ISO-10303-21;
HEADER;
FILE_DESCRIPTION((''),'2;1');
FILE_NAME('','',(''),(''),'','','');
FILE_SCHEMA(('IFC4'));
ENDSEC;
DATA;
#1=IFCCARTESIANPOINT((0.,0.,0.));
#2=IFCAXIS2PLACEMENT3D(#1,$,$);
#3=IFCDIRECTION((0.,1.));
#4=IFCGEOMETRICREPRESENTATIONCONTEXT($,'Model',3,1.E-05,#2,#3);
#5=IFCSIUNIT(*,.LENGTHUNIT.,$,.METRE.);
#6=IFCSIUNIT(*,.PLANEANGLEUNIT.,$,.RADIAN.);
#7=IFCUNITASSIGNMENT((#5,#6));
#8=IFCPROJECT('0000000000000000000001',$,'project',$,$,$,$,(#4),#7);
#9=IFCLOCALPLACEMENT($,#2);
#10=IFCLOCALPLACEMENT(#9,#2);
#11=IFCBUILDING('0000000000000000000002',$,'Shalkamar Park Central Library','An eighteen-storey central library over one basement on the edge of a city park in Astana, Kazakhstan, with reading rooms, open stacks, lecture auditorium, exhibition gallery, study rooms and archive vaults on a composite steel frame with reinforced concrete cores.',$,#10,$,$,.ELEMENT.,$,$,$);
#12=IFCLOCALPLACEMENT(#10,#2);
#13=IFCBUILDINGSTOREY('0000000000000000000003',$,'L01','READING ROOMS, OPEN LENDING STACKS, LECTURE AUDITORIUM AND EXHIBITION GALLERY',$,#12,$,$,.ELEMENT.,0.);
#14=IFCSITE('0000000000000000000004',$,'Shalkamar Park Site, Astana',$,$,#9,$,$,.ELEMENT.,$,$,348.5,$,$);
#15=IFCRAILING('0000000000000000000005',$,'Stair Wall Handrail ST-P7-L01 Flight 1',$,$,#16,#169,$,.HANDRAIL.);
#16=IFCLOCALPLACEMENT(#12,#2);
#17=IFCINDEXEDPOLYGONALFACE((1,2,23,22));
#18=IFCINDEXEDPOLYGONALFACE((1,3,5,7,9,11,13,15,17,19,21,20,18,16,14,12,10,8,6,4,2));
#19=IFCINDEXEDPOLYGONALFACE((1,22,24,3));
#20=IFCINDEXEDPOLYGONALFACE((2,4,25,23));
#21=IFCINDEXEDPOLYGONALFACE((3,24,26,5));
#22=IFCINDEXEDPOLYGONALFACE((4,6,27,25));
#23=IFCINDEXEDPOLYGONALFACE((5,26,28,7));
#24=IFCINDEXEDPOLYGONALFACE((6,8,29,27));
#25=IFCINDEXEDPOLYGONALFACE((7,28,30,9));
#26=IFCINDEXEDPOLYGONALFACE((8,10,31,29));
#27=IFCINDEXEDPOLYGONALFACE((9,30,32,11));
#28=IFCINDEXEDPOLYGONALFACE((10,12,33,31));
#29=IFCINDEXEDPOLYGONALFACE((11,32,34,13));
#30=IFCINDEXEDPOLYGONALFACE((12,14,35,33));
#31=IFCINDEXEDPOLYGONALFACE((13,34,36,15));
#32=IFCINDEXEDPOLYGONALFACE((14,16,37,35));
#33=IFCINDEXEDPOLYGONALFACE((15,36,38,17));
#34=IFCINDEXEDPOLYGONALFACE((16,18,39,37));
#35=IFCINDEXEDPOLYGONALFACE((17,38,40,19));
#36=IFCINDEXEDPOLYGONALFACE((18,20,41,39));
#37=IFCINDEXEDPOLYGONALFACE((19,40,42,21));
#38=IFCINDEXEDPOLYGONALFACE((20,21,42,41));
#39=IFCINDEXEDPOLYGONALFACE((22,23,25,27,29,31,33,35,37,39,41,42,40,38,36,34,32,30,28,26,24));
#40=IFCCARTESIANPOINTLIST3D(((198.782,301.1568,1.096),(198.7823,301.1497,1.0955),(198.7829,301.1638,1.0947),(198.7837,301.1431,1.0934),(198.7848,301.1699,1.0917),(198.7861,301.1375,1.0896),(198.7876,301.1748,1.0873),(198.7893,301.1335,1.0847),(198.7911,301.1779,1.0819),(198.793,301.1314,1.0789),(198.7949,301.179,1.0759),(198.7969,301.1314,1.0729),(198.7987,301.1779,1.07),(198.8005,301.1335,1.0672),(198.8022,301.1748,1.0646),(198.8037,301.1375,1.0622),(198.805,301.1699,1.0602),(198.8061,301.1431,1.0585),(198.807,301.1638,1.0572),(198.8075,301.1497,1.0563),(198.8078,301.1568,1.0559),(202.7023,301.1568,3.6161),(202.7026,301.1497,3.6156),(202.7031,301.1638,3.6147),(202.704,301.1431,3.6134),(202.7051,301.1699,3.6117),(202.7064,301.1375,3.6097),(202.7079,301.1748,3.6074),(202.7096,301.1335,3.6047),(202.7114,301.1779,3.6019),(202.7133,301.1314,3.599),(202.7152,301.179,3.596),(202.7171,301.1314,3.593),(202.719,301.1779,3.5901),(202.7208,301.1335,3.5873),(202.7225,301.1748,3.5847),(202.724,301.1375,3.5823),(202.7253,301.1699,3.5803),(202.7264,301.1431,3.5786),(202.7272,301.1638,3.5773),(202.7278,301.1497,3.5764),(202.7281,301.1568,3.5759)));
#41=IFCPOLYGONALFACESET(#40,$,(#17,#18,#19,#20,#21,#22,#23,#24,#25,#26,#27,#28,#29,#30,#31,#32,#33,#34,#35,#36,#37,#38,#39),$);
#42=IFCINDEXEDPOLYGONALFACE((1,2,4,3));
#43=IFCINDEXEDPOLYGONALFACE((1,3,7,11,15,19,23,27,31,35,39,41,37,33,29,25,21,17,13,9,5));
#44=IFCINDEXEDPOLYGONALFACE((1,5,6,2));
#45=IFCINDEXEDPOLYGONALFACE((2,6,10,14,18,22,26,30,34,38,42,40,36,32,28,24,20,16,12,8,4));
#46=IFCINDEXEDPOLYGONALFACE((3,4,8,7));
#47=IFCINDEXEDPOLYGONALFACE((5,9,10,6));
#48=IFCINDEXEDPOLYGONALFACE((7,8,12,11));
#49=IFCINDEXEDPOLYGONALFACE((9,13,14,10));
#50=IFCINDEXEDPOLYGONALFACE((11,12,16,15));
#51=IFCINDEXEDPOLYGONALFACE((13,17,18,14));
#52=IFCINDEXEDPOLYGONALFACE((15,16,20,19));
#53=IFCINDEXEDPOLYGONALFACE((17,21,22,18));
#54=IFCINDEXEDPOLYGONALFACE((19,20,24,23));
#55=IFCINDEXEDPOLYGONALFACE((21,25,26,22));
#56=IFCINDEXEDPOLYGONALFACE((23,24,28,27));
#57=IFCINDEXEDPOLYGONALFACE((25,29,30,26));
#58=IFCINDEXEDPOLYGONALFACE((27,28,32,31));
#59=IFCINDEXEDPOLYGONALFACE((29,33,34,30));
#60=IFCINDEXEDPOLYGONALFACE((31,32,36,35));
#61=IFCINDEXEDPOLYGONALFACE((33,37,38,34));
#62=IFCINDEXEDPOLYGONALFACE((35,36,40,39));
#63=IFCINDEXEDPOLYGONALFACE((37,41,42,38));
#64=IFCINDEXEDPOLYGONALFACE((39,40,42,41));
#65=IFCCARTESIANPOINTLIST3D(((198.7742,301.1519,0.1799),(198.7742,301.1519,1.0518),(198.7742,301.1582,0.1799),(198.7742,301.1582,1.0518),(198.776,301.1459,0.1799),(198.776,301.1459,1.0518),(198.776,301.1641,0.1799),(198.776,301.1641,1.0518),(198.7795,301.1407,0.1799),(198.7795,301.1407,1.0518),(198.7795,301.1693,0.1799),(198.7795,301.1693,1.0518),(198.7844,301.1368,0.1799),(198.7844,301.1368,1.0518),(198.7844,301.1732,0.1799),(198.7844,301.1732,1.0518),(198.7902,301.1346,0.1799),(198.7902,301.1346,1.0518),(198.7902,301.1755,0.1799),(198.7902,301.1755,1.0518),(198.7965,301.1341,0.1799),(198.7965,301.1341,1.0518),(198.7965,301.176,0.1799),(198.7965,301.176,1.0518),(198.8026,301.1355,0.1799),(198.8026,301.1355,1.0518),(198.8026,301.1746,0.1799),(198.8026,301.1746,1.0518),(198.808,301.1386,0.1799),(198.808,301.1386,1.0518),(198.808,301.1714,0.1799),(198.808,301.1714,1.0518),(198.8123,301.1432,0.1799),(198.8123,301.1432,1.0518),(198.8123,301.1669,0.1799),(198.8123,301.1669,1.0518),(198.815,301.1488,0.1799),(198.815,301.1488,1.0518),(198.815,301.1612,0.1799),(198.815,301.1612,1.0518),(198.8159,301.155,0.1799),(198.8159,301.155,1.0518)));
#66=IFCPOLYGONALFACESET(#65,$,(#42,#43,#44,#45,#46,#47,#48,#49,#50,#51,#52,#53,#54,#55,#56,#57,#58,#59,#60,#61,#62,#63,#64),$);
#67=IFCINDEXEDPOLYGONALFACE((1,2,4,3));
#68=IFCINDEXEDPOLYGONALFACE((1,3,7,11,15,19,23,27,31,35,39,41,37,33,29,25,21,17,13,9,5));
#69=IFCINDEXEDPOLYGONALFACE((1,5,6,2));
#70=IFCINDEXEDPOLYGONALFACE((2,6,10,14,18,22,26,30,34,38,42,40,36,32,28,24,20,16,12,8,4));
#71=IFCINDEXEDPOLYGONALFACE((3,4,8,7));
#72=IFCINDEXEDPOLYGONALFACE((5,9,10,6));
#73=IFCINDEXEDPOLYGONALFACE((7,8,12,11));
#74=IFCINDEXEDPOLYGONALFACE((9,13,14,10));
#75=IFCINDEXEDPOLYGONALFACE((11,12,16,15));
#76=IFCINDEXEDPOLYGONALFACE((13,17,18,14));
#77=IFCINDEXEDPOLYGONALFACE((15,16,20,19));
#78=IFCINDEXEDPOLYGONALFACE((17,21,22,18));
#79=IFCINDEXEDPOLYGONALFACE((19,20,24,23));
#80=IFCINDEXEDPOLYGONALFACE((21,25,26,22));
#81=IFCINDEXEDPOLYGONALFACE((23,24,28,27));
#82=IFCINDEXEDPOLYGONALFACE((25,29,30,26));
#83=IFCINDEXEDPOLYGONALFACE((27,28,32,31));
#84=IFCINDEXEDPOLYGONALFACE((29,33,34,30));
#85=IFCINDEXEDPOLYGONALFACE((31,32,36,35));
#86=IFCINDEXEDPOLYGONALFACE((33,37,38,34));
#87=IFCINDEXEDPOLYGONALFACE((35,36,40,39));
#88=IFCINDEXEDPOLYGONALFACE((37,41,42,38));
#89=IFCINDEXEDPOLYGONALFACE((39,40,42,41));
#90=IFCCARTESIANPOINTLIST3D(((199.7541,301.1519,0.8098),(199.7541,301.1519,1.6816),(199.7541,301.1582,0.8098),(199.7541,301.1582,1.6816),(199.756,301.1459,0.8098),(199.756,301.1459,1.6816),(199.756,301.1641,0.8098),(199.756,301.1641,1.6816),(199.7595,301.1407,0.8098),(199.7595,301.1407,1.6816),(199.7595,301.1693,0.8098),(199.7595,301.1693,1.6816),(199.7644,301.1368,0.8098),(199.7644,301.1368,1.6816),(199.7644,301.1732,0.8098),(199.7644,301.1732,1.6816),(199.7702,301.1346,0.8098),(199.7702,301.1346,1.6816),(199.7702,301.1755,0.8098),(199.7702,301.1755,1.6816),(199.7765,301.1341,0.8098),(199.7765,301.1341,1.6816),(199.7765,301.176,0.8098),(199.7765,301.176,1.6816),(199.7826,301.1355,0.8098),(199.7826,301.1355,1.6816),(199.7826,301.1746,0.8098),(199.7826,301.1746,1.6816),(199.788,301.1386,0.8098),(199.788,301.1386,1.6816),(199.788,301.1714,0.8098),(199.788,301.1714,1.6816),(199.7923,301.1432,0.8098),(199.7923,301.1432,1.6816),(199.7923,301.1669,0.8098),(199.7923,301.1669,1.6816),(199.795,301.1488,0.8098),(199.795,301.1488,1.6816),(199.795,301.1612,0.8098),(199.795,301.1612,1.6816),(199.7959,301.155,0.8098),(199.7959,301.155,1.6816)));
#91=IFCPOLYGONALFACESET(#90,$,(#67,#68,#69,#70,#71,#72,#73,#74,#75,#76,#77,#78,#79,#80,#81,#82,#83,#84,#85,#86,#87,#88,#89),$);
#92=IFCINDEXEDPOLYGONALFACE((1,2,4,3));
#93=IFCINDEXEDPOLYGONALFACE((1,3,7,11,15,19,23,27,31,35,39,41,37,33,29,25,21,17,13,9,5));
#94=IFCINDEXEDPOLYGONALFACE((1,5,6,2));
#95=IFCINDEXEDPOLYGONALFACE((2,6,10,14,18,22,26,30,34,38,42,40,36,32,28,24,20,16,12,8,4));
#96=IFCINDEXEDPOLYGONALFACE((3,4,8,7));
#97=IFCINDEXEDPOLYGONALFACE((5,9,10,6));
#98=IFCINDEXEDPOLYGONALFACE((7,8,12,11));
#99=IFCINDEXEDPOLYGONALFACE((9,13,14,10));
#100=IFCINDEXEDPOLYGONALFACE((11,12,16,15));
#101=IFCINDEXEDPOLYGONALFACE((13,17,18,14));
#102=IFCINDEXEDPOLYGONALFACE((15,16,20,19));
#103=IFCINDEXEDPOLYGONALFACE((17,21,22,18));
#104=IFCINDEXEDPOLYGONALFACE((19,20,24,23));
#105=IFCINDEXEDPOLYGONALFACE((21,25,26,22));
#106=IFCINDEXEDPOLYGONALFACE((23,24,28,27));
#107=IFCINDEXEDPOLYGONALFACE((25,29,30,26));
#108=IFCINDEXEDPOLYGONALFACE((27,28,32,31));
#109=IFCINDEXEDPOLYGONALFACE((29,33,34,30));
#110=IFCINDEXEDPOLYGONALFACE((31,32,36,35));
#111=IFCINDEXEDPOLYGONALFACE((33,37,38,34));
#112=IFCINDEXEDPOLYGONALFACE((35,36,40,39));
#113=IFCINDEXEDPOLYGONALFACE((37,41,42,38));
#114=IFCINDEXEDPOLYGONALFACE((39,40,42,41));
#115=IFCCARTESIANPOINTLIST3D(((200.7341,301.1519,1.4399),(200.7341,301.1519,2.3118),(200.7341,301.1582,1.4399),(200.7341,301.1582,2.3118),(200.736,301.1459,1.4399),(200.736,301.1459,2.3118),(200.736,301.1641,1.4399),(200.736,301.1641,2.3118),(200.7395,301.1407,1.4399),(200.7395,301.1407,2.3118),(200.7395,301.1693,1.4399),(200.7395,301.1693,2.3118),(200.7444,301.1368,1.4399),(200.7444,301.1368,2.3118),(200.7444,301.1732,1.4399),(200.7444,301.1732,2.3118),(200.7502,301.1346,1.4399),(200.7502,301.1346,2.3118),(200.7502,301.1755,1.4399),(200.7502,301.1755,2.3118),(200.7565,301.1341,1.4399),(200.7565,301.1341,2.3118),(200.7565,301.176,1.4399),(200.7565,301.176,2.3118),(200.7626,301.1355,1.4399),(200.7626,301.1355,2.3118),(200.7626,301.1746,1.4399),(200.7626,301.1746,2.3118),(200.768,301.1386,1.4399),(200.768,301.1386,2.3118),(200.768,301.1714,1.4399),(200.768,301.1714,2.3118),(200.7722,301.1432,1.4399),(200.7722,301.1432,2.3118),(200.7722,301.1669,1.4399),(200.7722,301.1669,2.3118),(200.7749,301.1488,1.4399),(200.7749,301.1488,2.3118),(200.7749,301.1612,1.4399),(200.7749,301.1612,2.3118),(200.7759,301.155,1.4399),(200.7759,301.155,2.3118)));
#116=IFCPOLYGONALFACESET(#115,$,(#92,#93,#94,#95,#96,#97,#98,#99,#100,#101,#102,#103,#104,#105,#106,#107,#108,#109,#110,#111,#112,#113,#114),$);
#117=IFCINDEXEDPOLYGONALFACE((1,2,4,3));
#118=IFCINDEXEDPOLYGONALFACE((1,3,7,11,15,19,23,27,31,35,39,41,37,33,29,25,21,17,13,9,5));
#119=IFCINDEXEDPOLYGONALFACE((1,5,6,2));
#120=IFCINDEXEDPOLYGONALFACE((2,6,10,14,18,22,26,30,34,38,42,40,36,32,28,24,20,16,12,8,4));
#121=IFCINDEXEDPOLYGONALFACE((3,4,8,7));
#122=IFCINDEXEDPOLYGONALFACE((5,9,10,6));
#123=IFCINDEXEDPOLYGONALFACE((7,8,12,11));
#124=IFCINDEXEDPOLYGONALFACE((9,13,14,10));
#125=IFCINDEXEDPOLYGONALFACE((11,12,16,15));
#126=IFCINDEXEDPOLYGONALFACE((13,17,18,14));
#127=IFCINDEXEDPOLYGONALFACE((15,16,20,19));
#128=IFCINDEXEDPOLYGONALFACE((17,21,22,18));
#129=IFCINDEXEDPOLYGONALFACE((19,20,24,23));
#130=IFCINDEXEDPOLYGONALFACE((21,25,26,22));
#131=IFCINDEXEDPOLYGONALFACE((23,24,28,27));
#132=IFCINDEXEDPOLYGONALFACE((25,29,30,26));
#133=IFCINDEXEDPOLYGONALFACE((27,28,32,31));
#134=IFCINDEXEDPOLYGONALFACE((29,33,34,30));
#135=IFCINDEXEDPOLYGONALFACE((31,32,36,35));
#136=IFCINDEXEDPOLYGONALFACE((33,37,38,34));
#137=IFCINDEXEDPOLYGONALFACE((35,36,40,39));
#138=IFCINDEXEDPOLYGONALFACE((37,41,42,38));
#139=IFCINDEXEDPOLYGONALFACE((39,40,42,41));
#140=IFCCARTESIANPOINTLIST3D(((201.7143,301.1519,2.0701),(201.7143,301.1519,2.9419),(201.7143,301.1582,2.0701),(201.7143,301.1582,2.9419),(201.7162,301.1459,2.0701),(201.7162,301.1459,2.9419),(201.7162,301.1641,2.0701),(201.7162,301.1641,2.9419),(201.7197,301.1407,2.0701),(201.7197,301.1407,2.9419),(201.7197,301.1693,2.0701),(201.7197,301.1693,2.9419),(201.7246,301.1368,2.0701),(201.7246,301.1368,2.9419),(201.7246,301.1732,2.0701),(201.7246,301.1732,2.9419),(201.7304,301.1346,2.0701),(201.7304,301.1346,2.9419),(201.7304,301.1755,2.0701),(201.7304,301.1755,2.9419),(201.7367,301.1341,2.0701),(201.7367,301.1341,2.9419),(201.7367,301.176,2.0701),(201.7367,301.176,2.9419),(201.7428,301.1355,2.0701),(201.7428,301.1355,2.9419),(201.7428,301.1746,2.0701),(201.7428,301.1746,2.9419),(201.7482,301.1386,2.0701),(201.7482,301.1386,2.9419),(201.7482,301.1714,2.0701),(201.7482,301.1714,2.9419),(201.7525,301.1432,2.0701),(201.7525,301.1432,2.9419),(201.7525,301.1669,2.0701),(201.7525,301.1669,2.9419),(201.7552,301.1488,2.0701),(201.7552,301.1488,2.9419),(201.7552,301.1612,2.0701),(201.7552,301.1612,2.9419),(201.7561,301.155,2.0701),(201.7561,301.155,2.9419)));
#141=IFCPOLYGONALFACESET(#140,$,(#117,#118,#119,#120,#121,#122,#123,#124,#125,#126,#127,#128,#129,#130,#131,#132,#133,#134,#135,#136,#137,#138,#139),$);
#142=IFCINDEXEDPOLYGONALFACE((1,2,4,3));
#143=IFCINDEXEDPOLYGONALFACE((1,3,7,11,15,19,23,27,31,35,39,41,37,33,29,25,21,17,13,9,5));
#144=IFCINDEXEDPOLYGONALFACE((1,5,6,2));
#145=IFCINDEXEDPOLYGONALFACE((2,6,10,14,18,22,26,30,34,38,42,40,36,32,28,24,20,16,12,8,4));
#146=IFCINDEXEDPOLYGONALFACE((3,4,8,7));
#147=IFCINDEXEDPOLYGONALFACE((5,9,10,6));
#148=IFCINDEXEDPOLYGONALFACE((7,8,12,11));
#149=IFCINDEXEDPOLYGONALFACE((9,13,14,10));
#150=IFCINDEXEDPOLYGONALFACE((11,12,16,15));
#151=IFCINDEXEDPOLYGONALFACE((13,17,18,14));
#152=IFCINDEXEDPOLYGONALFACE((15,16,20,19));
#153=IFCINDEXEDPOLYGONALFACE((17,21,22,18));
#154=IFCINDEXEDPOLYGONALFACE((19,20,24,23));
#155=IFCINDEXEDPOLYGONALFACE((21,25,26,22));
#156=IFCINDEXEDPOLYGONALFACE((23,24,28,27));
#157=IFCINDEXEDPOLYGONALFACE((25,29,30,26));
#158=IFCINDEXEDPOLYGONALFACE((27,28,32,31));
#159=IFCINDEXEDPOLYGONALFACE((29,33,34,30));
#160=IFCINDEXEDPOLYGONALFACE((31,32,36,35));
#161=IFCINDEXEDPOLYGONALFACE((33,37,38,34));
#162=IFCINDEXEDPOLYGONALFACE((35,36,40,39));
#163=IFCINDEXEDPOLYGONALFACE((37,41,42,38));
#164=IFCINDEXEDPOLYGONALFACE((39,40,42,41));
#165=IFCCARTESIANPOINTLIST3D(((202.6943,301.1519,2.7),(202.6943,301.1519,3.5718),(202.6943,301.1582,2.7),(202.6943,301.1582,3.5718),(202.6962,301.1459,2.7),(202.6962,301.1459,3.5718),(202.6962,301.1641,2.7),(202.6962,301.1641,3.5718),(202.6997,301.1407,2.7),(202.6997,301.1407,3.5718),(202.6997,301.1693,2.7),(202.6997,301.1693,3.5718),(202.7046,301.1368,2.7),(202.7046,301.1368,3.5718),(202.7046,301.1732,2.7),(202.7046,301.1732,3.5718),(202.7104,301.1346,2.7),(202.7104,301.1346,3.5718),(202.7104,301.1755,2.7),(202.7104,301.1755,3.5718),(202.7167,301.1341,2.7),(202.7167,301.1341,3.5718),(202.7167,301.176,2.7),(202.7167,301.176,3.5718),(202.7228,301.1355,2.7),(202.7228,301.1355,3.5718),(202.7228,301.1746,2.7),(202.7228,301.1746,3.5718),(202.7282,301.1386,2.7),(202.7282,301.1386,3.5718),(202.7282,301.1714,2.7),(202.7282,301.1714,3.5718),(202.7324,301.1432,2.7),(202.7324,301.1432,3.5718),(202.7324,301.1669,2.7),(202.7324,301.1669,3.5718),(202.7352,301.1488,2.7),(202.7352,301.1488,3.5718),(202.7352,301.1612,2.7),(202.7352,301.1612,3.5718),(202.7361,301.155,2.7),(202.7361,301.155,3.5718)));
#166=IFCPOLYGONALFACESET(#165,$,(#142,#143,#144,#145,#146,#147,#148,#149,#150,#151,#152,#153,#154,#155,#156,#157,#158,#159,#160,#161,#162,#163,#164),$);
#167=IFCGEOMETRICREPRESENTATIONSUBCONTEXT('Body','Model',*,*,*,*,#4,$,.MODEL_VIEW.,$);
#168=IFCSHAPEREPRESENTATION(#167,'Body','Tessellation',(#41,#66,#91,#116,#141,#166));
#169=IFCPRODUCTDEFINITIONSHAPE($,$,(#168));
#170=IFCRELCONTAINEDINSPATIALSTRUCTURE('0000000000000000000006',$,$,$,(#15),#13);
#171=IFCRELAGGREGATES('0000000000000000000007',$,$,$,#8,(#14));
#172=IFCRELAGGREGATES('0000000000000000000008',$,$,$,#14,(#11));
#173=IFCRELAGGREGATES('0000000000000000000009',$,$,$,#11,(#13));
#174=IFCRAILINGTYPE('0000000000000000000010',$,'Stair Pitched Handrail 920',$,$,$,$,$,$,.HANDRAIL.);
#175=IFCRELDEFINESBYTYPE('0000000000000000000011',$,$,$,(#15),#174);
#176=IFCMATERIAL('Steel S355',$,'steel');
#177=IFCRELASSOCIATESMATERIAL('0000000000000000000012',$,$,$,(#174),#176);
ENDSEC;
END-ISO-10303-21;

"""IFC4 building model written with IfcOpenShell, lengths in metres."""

from ifc_helpers import new_model, si_unit, direction, frame, origin, origin_2d, place, context, subcontext, project, spatial, circle, extrude, material, type_object, element, save


model = new_model("IFC4")

# Units and contexts
model_context = context("Model", 3, precision=1e-05, world=origin(), true_north=direction((0.0, 1.0)))
body_context = subcontext(model_context, "Body", "Model", "MODEL_VIEW")
ifc_project = project(units=[si_unit("LENGTHUNIT", "METRE"), si_unit("PLANEANGLEUNIT", "RADIAN")], contexts=[model_context])

# Site, building, storey
site_placement = place(None, origin())
site = spatial("IfcSite", under=ifc_project, at=site_placement, Name="Shalkamar Park Site, Astana", CompositionType="ELEMENT", RefElevation=348.5)
building_placement = place(site_placement, origin())
building = spatial("IfcBuilding", under=site, at=building_placement, Name="Shalkamar Park Central Library", Description="An eighteen-storey central library over one basement on the edge of a city park in Astana, Kazakhstan, with reading rooms, open stacks, lecture auditorium, exhibition gallery, study rooms and archive vaults on a composite steel frame with reinforced concrete cores.", CompositionType="ELEMENT")
storey_placement = place(building_placement, origin())
storey = spatial("IfcBuildingStorey", under=building, at=storey_placement, Name="L01", Description="READING ROOMS, OPEN LENDING STACKS, LECTURE AUDITORIUM AND EXHIBITION GALLERY", CompositionType="ELEMENT", Elevation=0.0)

# Shared definitions
ifc_material_1 = material(Name="Steel S355", Category="steel")

# Railing
railing_type_1 = type_object("IfcRailingType", Name="Stair Pitched Handrail 920", PredefinedType="HANDRAIL", material=ifc_material_1)
railing_1_placement = place(storey_placement, frame((198.7949, 301.155, 0.1799)))
element("IfcRailing", 1, at=railing_1_placement, inside=storey, type_object=railing_type_1, Name="Stair Wall Handrail ST-P7-L01 Flight 1", PredefinedType="HANDRAIL", context=body_context, shape_type="SweptSolid", body=[
    extrude(circle(Radius=0.0239, at=origin_2d()), frame((0.0, 0.0, 0.896), z_axis=(0.841187, 0.0, 0.540744), x_axis=(0.0, 1.0, 0.0)), (0.0, 0.0, 1.0), 4.6604),
    extrude(circle(Radius=0.021, at=origin_2d()), origin(), (0.0, 0.0, 1.0), 0.8718),
    extrude(circle(Radius=0.021, at=origin_2d()), frame((0.98, 0.0, 0.6299)), (0.0, 0.0, 1.0), 0.8718),
    extrude(circle(Radius=0.021, at=origin_2d()), frame((1.96, 0.0, 1.26)), (0.0, 0.0, 1.0), 0.8718),
    extrude(circle(Radius=0.021, at=origin_2d()), frame((2.9402, 0.0, 1.8901)), (0.0, 0.0, 1.0), 0.8718),
    extrude(circle(Radius=0.021, at=origin_2d()), frame((3.9202, 0.0, 2.52)), (0.0, 0.0, 1.0), 0.8718),
])

save(model, "model.ifc")
